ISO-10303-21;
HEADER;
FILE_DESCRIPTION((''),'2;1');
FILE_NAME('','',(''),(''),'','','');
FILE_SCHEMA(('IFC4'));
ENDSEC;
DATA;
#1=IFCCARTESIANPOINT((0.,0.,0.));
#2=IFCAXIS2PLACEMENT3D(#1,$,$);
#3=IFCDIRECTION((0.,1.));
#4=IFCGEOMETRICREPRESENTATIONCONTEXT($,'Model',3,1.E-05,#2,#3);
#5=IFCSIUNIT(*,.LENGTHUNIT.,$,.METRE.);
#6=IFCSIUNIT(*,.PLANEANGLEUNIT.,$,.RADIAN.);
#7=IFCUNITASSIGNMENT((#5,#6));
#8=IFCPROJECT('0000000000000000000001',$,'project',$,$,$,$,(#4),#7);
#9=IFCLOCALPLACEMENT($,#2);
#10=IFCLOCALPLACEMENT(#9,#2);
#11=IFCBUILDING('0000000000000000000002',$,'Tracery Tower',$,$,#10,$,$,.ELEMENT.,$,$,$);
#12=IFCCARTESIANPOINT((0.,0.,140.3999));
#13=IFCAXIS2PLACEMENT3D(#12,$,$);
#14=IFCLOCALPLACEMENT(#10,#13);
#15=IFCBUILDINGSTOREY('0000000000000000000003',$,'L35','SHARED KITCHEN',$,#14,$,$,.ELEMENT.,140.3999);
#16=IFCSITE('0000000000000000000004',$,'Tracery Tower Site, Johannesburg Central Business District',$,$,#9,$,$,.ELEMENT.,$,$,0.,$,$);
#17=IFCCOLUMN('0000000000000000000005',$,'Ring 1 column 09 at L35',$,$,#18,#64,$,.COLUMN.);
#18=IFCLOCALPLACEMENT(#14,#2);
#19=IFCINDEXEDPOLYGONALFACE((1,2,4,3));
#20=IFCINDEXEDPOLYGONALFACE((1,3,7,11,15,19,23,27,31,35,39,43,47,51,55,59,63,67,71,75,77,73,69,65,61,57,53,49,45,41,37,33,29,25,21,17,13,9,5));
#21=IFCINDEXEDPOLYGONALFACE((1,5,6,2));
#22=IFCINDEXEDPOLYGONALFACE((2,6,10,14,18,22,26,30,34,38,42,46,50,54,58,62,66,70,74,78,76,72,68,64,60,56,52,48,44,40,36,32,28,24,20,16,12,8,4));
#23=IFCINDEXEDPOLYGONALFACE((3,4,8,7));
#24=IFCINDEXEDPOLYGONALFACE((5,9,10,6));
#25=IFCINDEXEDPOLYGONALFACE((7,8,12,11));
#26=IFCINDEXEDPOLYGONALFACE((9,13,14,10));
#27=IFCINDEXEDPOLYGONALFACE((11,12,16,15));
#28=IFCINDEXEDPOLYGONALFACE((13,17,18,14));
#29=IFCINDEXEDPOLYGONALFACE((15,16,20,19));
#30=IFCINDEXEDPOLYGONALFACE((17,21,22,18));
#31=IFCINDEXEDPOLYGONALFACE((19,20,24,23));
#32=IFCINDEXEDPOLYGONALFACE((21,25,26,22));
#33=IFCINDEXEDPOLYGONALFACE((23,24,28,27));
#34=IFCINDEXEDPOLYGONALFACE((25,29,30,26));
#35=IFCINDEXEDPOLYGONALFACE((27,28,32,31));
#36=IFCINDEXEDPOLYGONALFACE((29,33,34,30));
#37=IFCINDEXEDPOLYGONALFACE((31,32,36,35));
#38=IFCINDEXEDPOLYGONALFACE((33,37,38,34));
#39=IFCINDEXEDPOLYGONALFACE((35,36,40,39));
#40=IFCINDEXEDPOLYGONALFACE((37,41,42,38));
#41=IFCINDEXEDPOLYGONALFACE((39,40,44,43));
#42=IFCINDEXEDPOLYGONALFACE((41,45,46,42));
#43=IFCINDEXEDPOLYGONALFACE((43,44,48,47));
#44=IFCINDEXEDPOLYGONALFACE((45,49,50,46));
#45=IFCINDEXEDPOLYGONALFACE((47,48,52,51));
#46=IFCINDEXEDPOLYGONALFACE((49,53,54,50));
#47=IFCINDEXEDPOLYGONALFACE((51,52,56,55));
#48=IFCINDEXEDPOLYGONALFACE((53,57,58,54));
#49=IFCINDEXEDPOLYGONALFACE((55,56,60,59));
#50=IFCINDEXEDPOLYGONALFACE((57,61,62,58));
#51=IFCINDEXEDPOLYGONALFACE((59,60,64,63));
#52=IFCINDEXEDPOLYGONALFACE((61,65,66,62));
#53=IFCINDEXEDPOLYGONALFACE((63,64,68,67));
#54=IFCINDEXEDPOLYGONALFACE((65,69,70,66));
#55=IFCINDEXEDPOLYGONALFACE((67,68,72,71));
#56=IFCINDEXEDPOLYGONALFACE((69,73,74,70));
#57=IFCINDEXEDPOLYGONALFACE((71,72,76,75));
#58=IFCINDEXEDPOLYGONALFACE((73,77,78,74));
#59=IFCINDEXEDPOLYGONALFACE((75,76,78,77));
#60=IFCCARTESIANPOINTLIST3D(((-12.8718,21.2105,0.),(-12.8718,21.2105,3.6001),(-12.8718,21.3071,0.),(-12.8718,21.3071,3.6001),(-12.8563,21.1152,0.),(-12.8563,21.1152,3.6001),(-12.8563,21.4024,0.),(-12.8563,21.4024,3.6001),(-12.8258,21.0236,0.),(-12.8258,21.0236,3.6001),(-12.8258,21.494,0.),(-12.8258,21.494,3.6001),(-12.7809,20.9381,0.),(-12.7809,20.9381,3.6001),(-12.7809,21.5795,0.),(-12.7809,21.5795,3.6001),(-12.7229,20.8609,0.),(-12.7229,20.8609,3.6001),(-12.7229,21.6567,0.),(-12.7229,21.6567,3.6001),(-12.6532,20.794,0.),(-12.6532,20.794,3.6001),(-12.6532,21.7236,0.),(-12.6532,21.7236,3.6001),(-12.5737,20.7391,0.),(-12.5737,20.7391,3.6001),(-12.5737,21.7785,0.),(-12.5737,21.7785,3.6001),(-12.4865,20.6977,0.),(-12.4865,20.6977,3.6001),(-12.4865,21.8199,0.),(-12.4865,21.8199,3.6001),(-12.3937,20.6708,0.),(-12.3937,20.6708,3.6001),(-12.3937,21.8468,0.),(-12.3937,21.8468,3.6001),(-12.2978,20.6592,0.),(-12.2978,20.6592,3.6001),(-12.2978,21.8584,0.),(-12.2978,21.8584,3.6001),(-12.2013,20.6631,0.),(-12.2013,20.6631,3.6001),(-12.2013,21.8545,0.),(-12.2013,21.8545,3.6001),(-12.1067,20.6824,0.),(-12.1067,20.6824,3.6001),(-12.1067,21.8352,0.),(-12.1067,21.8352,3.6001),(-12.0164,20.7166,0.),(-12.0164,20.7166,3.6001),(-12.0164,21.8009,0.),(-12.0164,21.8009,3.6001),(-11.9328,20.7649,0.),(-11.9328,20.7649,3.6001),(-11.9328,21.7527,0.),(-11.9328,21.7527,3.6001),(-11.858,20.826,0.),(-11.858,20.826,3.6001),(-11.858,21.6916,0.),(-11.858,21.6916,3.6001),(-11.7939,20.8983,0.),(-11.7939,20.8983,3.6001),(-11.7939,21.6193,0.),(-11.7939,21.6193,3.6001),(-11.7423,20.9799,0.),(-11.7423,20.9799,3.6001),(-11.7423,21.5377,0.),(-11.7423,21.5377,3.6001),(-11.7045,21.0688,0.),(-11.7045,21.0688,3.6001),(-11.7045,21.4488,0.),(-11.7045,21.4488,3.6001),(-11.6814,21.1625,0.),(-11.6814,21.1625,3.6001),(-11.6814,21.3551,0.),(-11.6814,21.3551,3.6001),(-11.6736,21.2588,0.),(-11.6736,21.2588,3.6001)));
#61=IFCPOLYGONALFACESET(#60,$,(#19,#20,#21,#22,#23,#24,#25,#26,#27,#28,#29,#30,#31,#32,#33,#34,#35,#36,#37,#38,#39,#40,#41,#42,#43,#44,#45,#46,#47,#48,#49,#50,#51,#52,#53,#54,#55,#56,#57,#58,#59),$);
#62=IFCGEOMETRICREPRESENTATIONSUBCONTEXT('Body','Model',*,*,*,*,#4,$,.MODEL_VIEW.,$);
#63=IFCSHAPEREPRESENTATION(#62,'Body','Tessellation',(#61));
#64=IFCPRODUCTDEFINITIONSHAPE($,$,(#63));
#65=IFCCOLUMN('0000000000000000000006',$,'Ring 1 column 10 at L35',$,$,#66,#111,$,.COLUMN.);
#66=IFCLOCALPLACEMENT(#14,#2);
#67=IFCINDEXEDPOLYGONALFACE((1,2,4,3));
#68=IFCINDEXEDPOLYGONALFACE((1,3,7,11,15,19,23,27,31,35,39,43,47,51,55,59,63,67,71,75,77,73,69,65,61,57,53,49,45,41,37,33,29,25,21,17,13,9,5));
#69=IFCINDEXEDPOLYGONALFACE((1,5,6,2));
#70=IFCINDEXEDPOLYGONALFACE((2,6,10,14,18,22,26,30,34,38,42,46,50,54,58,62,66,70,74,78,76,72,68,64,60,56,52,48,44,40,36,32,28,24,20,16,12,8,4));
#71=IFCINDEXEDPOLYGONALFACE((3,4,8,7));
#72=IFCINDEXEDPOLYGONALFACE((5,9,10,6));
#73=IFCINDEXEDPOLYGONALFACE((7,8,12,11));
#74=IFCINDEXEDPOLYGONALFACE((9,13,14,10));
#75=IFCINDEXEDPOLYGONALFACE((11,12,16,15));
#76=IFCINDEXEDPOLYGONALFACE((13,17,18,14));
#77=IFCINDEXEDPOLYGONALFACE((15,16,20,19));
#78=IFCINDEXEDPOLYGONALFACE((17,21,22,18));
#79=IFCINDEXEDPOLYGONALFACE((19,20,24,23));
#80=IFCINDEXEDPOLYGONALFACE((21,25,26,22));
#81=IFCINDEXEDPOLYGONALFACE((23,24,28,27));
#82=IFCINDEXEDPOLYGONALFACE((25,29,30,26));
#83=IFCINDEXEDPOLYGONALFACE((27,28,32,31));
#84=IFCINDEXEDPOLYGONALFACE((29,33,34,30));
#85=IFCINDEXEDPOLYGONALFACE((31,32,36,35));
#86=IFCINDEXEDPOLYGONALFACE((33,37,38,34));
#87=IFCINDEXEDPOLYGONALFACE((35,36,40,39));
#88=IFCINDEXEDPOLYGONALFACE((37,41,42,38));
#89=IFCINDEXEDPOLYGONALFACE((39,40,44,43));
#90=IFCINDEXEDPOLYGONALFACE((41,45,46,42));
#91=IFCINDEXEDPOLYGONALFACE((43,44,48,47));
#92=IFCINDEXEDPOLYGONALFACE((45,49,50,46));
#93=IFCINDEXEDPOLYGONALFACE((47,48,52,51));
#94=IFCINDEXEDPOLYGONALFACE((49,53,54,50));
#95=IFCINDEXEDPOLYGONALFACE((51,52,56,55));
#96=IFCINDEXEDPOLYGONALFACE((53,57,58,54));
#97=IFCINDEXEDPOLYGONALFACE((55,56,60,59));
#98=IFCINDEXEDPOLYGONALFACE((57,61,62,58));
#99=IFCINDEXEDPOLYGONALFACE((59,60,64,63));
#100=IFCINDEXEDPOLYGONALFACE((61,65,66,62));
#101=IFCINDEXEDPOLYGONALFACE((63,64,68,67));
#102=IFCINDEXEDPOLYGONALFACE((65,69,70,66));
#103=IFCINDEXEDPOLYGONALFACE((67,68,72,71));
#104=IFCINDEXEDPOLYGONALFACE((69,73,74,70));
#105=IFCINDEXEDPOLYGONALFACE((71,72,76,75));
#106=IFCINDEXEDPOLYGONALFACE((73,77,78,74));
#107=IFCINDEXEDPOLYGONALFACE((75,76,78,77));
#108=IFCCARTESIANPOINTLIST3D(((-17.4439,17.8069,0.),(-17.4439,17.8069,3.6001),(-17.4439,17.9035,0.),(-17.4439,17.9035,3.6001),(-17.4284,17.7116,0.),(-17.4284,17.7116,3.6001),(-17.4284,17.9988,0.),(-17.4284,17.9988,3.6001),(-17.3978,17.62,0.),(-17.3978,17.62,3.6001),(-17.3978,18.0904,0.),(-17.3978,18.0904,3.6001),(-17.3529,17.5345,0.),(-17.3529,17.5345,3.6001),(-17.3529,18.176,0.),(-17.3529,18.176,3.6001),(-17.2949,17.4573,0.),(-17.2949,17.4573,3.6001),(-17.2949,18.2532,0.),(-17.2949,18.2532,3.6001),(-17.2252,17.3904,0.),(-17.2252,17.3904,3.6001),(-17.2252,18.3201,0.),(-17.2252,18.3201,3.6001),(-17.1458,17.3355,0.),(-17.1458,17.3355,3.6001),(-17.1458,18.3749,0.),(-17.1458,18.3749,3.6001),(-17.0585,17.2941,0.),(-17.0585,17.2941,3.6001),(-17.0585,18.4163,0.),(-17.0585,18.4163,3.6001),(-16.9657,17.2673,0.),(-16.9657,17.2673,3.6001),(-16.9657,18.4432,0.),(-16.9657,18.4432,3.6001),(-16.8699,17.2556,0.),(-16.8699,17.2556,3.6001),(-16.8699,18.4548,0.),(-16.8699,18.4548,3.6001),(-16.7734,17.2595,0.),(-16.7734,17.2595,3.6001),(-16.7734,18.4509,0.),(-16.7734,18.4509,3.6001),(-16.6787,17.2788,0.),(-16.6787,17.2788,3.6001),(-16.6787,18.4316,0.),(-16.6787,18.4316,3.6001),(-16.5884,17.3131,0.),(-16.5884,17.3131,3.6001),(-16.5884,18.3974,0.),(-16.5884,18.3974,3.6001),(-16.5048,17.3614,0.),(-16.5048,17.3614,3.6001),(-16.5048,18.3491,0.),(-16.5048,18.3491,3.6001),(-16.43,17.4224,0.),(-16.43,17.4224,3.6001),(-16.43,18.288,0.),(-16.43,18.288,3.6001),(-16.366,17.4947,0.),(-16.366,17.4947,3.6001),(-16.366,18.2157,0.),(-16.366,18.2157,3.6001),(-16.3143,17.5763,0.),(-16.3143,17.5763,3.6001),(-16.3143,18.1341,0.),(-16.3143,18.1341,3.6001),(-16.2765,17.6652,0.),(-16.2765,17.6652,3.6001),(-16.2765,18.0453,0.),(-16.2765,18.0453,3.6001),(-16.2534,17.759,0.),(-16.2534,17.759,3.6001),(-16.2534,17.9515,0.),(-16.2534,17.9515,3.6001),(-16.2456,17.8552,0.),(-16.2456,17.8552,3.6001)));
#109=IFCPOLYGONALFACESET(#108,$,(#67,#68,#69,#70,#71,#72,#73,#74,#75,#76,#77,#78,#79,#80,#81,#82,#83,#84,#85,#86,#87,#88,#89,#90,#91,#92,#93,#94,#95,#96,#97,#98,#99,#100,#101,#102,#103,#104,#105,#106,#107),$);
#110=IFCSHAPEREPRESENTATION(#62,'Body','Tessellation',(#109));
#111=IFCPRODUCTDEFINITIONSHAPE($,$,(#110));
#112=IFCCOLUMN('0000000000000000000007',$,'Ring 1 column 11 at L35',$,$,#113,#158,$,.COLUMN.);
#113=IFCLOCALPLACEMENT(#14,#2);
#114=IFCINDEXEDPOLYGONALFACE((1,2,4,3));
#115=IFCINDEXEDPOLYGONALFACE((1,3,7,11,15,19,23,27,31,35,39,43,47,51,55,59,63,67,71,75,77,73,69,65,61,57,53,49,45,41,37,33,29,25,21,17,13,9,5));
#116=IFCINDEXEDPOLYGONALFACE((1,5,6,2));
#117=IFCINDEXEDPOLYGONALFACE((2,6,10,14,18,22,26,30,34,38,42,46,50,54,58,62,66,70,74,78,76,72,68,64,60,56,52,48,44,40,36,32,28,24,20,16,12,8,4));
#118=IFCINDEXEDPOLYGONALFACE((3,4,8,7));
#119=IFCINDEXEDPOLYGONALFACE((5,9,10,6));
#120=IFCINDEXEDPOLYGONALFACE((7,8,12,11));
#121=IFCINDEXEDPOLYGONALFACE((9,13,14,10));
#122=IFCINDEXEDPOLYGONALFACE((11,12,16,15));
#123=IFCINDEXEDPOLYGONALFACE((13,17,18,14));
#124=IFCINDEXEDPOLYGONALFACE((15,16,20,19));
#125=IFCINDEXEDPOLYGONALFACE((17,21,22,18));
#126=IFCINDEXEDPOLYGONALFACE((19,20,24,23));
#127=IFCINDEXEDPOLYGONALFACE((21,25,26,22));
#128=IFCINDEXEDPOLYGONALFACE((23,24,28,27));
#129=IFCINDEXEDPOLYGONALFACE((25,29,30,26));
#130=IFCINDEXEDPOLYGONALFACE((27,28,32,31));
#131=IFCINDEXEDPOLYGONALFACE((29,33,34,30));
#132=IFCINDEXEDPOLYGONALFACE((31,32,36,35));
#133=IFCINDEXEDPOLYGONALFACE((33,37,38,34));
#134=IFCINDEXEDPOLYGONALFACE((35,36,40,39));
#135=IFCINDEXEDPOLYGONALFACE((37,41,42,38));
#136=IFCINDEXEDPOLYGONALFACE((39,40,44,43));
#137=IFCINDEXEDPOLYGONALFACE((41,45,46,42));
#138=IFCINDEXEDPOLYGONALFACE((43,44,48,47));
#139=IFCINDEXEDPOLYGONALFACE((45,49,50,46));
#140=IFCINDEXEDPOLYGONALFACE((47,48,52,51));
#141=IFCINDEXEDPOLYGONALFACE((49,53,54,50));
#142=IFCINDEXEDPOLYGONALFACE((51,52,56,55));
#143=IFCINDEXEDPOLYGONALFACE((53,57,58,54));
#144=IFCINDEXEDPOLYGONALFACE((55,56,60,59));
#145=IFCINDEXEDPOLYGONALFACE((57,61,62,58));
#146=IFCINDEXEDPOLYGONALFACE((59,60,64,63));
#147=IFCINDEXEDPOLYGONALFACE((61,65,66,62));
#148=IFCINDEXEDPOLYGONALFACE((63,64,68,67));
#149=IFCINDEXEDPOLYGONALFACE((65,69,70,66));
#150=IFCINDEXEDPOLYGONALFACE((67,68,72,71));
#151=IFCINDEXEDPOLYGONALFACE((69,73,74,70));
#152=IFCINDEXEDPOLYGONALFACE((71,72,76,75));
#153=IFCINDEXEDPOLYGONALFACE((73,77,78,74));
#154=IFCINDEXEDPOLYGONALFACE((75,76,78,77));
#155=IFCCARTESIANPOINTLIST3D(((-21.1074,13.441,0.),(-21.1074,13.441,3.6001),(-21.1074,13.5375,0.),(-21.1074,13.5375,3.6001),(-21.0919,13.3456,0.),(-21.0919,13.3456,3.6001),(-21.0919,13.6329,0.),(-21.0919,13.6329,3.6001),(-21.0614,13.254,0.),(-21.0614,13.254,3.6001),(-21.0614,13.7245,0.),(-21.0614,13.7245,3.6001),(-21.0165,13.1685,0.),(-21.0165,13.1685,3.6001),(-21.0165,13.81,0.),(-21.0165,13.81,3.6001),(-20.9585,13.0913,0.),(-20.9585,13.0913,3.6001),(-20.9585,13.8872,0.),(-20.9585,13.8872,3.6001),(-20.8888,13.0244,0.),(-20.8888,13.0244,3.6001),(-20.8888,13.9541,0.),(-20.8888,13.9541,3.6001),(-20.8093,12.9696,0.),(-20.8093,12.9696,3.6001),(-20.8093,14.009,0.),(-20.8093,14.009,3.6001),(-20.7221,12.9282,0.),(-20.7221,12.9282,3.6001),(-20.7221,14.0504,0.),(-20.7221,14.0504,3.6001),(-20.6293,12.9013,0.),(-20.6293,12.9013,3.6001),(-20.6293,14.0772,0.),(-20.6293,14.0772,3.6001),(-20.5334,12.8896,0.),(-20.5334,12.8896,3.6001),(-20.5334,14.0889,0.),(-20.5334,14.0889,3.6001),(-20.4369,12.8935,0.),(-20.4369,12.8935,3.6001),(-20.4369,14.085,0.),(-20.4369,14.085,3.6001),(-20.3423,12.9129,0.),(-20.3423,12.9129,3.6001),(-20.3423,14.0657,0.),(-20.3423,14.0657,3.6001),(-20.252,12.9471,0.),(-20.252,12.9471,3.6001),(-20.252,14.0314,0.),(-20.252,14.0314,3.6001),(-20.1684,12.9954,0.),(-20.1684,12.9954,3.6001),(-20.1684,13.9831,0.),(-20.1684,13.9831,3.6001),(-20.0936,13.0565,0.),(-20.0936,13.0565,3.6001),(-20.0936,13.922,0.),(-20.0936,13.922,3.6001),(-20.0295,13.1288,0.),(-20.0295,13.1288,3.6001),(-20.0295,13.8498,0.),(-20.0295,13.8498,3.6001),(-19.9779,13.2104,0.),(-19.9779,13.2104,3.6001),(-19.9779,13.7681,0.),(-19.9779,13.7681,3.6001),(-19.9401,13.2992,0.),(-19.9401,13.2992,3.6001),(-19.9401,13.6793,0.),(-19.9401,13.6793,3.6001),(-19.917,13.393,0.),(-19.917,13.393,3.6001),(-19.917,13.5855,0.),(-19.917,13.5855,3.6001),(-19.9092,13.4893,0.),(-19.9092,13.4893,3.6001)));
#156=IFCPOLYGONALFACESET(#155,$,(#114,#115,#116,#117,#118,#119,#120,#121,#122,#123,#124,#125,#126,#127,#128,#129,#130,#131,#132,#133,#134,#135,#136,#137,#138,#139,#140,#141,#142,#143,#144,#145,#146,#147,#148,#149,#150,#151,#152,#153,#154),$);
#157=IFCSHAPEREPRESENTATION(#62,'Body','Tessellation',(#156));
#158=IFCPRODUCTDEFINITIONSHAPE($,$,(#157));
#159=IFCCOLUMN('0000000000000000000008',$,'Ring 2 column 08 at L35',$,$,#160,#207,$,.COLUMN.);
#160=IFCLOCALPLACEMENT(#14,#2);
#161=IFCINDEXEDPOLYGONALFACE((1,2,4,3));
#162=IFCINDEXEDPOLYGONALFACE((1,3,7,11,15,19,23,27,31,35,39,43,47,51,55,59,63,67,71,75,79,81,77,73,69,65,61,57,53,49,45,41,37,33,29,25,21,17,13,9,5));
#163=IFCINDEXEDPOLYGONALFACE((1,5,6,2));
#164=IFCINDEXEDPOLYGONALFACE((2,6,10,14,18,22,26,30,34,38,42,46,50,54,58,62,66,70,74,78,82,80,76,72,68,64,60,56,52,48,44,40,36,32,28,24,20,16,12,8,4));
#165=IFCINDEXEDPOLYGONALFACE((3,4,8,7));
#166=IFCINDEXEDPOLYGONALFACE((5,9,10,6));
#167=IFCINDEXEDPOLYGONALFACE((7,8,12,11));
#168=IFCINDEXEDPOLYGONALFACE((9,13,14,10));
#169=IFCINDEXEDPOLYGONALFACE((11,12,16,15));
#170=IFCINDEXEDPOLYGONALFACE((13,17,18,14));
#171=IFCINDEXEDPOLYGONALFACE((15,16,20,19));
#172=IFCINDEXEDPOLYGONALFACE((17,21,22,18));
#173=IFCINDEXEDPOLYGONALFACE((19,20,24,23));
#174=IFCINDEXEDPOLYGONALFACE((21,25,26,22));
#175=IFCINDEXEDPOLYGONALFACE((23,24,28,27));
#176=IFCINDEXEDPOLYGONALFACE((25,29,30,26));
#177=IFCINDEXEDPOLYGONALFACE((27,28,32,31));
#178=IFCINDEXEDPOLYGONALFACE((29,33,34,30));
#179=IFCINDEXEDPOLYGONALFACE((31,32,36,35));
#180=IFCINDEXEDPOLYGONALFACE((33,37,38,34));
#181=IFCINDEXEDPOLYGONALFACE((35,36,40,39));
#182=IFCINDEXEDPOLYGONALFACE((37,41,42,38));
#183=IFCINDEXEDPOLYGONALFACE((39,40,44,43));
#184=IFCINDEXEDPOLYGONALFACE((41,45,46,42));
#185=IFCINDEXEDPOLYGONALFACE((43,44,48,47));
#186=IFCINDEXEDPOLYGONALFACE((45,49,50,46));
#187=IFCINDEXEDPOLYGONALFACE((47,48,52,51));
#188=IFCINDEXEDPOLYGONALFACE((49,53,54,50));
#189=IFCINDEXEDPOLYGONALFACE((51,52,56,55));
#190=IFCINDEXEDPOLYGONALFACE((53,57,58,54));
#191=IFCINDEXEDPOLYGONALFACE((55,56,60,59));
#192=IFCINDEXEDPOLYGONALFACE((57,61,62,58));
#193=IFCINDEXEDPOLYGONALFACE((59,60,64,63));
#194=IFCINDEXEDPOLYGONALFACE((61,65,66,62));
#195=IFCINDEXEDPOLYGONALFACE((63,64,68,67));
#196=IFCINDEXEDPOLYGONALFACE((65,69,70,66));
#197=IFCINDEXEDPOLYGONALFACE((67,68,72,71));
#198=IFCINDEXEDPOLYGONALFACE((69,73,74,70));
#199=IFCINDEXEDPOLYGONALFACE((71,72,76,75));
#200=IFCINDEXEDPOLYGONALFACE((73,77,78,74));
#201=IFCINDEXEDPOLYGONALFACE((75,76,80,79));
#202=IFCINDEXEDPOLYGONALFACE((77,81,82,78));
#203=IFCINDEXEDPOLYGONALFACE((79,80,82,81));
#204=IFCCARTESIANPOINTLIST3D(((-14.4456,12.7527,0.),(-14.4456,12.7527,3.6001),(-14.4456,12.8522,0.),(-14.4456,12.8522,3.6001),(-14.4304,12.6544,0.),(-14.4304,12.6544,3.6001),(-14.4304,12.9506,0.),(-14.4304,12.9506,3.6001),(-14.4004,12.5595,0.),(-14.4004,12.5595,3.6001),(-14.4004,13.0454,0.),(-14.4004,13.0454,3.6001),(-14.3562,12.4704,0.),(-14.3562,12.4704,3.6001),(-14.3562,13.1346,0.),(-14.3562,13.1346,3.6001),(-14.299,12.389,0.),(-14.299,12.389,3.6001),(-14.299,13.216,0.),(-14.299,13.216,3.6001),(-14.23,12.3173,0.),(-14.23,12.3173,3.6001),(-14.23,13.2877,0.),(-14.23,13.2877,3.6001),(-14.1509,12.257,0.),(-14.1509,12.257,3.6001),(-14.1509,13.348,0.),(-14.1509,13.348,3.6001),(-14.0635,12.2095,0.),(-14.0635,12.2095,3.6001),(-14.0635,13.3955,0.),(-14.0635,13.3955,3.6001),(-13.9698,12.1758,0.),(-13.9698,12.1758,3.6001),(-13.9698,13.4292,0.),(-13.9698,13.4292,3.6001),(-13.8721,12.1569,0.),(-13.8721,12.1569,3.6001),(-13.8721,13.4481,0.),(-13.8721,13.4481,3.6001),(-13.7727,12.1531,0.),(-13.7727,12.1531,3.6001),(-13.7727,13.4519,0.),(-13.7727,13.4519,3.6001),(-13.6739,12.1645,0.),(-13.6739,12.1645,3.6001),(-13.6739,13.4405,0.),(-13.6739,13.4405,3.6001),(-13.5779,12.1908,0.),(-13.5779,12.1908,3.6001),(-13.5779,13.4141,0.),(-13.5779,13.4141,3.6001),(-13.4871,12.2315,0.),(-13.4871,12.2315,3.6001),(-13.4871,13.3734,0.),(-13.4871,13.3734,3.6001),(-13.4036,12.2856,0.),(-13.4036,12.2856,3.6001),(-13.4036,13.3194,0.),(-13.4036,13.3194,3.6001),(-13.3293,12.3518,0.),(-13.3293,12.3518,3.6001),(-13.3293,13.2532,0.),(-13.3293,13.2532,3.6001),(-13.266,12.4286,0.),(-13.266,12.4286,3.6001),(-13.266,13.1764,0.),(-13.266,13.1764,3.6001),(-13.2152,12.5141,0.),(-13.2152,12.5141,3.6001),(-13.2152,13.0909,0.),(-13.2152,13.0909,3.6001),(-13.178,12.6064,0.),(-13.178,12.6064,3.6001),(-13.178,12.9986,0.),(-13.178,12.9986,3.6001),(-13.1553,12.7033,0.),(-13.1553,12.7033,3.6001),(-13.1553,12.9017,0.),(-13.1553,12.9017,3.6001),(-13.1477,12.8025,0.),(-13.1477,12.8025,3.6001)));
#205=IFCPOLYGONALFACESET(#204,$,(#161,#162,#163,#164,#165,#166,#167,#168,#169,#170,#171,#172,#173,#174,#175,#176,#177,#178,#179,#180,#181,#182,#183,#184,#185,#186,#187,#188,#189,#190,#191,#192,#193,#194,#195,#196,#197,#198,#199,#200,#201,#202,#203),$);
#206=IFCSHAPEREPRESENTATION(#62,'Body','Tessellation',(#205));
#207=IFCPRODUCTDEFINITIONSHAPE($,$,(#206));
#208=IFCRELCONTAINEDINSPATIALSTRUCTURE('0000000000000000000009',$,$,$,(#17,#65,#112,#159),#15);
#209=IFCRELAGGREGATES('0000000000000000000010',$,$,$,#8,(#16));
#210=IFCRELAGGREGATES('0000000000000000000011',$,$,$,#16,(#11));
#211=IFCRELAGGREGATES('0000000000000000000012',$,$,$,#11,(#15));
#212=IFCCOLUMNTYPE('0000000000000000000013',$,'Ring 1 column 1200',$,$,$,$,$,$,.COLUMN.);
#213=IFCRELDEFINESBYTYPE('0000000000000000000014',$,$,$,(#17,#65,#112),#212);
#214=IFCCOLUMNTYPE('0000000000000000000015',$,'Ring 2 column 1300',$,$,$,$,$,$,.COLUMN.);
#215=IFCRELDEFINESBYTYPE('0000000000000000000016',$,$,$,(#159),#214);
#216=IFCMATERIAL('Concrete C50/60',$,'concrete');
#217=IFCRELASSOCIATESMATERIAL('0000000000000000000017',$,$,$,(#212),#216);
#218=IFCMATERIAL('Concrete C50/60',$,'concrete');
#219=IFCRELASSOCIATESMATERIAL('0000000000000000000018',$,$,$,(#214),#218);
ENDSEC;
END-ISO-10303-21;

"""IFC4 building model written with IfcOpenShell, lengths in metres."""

from ifc_helpers import new_model, si_unit, direction, frame, origin, origin_2d, place, context, subcontext, project, spatial, circle, extrude, material, material_profile, profile_set, type_object, element, save


model = new_model("IFC4")

# Units and contexts
model_context = context("Model", 3, precision=1e-05, world=origin(), true_north=direction((0.0, 1.0)))
body_context = subcontext(model_context, "Body", "Model", "MODEL_VIEW")
ifc_project = project(units=[si_unit("LENGTHUNIT", "METRE"), si_unit("PLANEANGLEUNIT", "RADIAN")], contexts=[model_context])

# Site, building, storey
site_placement = place(None, origin())
site = spatial("IfcSite", under=ifc_project, at=site_placement, Name="Tracery Tower Site, Johannesburg Central Business District", CompositionType="ELEMENT", RefElevation=0.0)
building_placement = place(site_placement, origin())
building = spatial("IfcBuilding", under=site, at=building_placement, Name="Tracery Tower", CompositionType="ELEMENT")
storey_placement = place(building_placement, frame((0.0, 0.0, 140.3999)))
storey = spatial("IfcBuildingStorey", under=building, at=storey_placement, Name="L35", Description="SHARED KITCHEN", CompositionType="ELEMENT", Elevation=140.3999)

# Columns
ifc_material_1 = material(Name="Concrete C50/60", Category="concrete")
ifc_material_profile_1 = material_profile(ifc_material_1, circle(Radius=0.6001, at=origin_2d()), Name="RC D1200")
ifc_profile_set_1 = profile_set([ifc_material_profile_1], Name="Concrete C50/60")
column_type_1 = type_object("IfcColumnType", Name="Ring 1 column 1200", PredefinedType="COLUMN", material=ifc_profile_set_1)
for number, where, z_axis, x_axis, name in (
    (1, (-12.2737, 21.2588, 0.0), (0.0, 0.0, 1.0), (1.0, 0.0, 0.0), "Ring 1 column 09 at L35"),
    (2, (-16.8457, 17.8552, 0.0), (0.0, 0.0, 1.0), (1.0, 0.0, 0.0), "Ring 1 column 10 at L35"),
    (3, (-20.5093, 13.4893, 0.0), (0.0, 0.0, 1.0), (1.0, 0.0, 0.0), "Ring 1 column 11 at L35"),
):
    element("IfcColumn", number, at=place(storey_placement, frame(where, z_axis=z_axis, x_axis=x_axis)), inside=storey, type_object=column_type_1, Name=name, PredefinedType="COLUMN", context=body_context, shape_type="SweptSolid", body=[
        extrude(circle(Radius=0.6001, at=origin_2d()), origin(), (0.0, 0.0, 1.0), 3.6001),
    ])
ifc_material_2 = material(Name="Concrete C50/60", Category="concrete")
ifc_material_profile_2 = material_profile(ifc_material_2, circle(Radius=0.6499, at=origin_2d()), Name="RC D1300")
ifc_profile_set_2 = profile_set([ifc_material_profile_2], Name="Concrete C50/60")
column_type_2 = type_object("IfcColumnType", Name="Ring 2 column 1300", PredefinedType="COLUMN", material=ifc_profile_set_2)
column_placement = place(storey_placement, frame((-13.7976, 12.8025, 0.0), z_axis=(0.0, 0.0, 1.0), x_axis=(1.0, 0.0, 0.0)))
element("IfcColumn", 4, at=column_placement, inside=storey, type_object=column_type_2, Name="Ring 2 column 08 at L35", PredefinedType="COLUMN", context=body_context, shape_type="SweptSolid", body=[
    extrude(circle(Radius=0.6499, at=origin_2d()), origin(), (0.0, 0.0, 1.0), 3.6001),
])

save(model, "model.ifc")
